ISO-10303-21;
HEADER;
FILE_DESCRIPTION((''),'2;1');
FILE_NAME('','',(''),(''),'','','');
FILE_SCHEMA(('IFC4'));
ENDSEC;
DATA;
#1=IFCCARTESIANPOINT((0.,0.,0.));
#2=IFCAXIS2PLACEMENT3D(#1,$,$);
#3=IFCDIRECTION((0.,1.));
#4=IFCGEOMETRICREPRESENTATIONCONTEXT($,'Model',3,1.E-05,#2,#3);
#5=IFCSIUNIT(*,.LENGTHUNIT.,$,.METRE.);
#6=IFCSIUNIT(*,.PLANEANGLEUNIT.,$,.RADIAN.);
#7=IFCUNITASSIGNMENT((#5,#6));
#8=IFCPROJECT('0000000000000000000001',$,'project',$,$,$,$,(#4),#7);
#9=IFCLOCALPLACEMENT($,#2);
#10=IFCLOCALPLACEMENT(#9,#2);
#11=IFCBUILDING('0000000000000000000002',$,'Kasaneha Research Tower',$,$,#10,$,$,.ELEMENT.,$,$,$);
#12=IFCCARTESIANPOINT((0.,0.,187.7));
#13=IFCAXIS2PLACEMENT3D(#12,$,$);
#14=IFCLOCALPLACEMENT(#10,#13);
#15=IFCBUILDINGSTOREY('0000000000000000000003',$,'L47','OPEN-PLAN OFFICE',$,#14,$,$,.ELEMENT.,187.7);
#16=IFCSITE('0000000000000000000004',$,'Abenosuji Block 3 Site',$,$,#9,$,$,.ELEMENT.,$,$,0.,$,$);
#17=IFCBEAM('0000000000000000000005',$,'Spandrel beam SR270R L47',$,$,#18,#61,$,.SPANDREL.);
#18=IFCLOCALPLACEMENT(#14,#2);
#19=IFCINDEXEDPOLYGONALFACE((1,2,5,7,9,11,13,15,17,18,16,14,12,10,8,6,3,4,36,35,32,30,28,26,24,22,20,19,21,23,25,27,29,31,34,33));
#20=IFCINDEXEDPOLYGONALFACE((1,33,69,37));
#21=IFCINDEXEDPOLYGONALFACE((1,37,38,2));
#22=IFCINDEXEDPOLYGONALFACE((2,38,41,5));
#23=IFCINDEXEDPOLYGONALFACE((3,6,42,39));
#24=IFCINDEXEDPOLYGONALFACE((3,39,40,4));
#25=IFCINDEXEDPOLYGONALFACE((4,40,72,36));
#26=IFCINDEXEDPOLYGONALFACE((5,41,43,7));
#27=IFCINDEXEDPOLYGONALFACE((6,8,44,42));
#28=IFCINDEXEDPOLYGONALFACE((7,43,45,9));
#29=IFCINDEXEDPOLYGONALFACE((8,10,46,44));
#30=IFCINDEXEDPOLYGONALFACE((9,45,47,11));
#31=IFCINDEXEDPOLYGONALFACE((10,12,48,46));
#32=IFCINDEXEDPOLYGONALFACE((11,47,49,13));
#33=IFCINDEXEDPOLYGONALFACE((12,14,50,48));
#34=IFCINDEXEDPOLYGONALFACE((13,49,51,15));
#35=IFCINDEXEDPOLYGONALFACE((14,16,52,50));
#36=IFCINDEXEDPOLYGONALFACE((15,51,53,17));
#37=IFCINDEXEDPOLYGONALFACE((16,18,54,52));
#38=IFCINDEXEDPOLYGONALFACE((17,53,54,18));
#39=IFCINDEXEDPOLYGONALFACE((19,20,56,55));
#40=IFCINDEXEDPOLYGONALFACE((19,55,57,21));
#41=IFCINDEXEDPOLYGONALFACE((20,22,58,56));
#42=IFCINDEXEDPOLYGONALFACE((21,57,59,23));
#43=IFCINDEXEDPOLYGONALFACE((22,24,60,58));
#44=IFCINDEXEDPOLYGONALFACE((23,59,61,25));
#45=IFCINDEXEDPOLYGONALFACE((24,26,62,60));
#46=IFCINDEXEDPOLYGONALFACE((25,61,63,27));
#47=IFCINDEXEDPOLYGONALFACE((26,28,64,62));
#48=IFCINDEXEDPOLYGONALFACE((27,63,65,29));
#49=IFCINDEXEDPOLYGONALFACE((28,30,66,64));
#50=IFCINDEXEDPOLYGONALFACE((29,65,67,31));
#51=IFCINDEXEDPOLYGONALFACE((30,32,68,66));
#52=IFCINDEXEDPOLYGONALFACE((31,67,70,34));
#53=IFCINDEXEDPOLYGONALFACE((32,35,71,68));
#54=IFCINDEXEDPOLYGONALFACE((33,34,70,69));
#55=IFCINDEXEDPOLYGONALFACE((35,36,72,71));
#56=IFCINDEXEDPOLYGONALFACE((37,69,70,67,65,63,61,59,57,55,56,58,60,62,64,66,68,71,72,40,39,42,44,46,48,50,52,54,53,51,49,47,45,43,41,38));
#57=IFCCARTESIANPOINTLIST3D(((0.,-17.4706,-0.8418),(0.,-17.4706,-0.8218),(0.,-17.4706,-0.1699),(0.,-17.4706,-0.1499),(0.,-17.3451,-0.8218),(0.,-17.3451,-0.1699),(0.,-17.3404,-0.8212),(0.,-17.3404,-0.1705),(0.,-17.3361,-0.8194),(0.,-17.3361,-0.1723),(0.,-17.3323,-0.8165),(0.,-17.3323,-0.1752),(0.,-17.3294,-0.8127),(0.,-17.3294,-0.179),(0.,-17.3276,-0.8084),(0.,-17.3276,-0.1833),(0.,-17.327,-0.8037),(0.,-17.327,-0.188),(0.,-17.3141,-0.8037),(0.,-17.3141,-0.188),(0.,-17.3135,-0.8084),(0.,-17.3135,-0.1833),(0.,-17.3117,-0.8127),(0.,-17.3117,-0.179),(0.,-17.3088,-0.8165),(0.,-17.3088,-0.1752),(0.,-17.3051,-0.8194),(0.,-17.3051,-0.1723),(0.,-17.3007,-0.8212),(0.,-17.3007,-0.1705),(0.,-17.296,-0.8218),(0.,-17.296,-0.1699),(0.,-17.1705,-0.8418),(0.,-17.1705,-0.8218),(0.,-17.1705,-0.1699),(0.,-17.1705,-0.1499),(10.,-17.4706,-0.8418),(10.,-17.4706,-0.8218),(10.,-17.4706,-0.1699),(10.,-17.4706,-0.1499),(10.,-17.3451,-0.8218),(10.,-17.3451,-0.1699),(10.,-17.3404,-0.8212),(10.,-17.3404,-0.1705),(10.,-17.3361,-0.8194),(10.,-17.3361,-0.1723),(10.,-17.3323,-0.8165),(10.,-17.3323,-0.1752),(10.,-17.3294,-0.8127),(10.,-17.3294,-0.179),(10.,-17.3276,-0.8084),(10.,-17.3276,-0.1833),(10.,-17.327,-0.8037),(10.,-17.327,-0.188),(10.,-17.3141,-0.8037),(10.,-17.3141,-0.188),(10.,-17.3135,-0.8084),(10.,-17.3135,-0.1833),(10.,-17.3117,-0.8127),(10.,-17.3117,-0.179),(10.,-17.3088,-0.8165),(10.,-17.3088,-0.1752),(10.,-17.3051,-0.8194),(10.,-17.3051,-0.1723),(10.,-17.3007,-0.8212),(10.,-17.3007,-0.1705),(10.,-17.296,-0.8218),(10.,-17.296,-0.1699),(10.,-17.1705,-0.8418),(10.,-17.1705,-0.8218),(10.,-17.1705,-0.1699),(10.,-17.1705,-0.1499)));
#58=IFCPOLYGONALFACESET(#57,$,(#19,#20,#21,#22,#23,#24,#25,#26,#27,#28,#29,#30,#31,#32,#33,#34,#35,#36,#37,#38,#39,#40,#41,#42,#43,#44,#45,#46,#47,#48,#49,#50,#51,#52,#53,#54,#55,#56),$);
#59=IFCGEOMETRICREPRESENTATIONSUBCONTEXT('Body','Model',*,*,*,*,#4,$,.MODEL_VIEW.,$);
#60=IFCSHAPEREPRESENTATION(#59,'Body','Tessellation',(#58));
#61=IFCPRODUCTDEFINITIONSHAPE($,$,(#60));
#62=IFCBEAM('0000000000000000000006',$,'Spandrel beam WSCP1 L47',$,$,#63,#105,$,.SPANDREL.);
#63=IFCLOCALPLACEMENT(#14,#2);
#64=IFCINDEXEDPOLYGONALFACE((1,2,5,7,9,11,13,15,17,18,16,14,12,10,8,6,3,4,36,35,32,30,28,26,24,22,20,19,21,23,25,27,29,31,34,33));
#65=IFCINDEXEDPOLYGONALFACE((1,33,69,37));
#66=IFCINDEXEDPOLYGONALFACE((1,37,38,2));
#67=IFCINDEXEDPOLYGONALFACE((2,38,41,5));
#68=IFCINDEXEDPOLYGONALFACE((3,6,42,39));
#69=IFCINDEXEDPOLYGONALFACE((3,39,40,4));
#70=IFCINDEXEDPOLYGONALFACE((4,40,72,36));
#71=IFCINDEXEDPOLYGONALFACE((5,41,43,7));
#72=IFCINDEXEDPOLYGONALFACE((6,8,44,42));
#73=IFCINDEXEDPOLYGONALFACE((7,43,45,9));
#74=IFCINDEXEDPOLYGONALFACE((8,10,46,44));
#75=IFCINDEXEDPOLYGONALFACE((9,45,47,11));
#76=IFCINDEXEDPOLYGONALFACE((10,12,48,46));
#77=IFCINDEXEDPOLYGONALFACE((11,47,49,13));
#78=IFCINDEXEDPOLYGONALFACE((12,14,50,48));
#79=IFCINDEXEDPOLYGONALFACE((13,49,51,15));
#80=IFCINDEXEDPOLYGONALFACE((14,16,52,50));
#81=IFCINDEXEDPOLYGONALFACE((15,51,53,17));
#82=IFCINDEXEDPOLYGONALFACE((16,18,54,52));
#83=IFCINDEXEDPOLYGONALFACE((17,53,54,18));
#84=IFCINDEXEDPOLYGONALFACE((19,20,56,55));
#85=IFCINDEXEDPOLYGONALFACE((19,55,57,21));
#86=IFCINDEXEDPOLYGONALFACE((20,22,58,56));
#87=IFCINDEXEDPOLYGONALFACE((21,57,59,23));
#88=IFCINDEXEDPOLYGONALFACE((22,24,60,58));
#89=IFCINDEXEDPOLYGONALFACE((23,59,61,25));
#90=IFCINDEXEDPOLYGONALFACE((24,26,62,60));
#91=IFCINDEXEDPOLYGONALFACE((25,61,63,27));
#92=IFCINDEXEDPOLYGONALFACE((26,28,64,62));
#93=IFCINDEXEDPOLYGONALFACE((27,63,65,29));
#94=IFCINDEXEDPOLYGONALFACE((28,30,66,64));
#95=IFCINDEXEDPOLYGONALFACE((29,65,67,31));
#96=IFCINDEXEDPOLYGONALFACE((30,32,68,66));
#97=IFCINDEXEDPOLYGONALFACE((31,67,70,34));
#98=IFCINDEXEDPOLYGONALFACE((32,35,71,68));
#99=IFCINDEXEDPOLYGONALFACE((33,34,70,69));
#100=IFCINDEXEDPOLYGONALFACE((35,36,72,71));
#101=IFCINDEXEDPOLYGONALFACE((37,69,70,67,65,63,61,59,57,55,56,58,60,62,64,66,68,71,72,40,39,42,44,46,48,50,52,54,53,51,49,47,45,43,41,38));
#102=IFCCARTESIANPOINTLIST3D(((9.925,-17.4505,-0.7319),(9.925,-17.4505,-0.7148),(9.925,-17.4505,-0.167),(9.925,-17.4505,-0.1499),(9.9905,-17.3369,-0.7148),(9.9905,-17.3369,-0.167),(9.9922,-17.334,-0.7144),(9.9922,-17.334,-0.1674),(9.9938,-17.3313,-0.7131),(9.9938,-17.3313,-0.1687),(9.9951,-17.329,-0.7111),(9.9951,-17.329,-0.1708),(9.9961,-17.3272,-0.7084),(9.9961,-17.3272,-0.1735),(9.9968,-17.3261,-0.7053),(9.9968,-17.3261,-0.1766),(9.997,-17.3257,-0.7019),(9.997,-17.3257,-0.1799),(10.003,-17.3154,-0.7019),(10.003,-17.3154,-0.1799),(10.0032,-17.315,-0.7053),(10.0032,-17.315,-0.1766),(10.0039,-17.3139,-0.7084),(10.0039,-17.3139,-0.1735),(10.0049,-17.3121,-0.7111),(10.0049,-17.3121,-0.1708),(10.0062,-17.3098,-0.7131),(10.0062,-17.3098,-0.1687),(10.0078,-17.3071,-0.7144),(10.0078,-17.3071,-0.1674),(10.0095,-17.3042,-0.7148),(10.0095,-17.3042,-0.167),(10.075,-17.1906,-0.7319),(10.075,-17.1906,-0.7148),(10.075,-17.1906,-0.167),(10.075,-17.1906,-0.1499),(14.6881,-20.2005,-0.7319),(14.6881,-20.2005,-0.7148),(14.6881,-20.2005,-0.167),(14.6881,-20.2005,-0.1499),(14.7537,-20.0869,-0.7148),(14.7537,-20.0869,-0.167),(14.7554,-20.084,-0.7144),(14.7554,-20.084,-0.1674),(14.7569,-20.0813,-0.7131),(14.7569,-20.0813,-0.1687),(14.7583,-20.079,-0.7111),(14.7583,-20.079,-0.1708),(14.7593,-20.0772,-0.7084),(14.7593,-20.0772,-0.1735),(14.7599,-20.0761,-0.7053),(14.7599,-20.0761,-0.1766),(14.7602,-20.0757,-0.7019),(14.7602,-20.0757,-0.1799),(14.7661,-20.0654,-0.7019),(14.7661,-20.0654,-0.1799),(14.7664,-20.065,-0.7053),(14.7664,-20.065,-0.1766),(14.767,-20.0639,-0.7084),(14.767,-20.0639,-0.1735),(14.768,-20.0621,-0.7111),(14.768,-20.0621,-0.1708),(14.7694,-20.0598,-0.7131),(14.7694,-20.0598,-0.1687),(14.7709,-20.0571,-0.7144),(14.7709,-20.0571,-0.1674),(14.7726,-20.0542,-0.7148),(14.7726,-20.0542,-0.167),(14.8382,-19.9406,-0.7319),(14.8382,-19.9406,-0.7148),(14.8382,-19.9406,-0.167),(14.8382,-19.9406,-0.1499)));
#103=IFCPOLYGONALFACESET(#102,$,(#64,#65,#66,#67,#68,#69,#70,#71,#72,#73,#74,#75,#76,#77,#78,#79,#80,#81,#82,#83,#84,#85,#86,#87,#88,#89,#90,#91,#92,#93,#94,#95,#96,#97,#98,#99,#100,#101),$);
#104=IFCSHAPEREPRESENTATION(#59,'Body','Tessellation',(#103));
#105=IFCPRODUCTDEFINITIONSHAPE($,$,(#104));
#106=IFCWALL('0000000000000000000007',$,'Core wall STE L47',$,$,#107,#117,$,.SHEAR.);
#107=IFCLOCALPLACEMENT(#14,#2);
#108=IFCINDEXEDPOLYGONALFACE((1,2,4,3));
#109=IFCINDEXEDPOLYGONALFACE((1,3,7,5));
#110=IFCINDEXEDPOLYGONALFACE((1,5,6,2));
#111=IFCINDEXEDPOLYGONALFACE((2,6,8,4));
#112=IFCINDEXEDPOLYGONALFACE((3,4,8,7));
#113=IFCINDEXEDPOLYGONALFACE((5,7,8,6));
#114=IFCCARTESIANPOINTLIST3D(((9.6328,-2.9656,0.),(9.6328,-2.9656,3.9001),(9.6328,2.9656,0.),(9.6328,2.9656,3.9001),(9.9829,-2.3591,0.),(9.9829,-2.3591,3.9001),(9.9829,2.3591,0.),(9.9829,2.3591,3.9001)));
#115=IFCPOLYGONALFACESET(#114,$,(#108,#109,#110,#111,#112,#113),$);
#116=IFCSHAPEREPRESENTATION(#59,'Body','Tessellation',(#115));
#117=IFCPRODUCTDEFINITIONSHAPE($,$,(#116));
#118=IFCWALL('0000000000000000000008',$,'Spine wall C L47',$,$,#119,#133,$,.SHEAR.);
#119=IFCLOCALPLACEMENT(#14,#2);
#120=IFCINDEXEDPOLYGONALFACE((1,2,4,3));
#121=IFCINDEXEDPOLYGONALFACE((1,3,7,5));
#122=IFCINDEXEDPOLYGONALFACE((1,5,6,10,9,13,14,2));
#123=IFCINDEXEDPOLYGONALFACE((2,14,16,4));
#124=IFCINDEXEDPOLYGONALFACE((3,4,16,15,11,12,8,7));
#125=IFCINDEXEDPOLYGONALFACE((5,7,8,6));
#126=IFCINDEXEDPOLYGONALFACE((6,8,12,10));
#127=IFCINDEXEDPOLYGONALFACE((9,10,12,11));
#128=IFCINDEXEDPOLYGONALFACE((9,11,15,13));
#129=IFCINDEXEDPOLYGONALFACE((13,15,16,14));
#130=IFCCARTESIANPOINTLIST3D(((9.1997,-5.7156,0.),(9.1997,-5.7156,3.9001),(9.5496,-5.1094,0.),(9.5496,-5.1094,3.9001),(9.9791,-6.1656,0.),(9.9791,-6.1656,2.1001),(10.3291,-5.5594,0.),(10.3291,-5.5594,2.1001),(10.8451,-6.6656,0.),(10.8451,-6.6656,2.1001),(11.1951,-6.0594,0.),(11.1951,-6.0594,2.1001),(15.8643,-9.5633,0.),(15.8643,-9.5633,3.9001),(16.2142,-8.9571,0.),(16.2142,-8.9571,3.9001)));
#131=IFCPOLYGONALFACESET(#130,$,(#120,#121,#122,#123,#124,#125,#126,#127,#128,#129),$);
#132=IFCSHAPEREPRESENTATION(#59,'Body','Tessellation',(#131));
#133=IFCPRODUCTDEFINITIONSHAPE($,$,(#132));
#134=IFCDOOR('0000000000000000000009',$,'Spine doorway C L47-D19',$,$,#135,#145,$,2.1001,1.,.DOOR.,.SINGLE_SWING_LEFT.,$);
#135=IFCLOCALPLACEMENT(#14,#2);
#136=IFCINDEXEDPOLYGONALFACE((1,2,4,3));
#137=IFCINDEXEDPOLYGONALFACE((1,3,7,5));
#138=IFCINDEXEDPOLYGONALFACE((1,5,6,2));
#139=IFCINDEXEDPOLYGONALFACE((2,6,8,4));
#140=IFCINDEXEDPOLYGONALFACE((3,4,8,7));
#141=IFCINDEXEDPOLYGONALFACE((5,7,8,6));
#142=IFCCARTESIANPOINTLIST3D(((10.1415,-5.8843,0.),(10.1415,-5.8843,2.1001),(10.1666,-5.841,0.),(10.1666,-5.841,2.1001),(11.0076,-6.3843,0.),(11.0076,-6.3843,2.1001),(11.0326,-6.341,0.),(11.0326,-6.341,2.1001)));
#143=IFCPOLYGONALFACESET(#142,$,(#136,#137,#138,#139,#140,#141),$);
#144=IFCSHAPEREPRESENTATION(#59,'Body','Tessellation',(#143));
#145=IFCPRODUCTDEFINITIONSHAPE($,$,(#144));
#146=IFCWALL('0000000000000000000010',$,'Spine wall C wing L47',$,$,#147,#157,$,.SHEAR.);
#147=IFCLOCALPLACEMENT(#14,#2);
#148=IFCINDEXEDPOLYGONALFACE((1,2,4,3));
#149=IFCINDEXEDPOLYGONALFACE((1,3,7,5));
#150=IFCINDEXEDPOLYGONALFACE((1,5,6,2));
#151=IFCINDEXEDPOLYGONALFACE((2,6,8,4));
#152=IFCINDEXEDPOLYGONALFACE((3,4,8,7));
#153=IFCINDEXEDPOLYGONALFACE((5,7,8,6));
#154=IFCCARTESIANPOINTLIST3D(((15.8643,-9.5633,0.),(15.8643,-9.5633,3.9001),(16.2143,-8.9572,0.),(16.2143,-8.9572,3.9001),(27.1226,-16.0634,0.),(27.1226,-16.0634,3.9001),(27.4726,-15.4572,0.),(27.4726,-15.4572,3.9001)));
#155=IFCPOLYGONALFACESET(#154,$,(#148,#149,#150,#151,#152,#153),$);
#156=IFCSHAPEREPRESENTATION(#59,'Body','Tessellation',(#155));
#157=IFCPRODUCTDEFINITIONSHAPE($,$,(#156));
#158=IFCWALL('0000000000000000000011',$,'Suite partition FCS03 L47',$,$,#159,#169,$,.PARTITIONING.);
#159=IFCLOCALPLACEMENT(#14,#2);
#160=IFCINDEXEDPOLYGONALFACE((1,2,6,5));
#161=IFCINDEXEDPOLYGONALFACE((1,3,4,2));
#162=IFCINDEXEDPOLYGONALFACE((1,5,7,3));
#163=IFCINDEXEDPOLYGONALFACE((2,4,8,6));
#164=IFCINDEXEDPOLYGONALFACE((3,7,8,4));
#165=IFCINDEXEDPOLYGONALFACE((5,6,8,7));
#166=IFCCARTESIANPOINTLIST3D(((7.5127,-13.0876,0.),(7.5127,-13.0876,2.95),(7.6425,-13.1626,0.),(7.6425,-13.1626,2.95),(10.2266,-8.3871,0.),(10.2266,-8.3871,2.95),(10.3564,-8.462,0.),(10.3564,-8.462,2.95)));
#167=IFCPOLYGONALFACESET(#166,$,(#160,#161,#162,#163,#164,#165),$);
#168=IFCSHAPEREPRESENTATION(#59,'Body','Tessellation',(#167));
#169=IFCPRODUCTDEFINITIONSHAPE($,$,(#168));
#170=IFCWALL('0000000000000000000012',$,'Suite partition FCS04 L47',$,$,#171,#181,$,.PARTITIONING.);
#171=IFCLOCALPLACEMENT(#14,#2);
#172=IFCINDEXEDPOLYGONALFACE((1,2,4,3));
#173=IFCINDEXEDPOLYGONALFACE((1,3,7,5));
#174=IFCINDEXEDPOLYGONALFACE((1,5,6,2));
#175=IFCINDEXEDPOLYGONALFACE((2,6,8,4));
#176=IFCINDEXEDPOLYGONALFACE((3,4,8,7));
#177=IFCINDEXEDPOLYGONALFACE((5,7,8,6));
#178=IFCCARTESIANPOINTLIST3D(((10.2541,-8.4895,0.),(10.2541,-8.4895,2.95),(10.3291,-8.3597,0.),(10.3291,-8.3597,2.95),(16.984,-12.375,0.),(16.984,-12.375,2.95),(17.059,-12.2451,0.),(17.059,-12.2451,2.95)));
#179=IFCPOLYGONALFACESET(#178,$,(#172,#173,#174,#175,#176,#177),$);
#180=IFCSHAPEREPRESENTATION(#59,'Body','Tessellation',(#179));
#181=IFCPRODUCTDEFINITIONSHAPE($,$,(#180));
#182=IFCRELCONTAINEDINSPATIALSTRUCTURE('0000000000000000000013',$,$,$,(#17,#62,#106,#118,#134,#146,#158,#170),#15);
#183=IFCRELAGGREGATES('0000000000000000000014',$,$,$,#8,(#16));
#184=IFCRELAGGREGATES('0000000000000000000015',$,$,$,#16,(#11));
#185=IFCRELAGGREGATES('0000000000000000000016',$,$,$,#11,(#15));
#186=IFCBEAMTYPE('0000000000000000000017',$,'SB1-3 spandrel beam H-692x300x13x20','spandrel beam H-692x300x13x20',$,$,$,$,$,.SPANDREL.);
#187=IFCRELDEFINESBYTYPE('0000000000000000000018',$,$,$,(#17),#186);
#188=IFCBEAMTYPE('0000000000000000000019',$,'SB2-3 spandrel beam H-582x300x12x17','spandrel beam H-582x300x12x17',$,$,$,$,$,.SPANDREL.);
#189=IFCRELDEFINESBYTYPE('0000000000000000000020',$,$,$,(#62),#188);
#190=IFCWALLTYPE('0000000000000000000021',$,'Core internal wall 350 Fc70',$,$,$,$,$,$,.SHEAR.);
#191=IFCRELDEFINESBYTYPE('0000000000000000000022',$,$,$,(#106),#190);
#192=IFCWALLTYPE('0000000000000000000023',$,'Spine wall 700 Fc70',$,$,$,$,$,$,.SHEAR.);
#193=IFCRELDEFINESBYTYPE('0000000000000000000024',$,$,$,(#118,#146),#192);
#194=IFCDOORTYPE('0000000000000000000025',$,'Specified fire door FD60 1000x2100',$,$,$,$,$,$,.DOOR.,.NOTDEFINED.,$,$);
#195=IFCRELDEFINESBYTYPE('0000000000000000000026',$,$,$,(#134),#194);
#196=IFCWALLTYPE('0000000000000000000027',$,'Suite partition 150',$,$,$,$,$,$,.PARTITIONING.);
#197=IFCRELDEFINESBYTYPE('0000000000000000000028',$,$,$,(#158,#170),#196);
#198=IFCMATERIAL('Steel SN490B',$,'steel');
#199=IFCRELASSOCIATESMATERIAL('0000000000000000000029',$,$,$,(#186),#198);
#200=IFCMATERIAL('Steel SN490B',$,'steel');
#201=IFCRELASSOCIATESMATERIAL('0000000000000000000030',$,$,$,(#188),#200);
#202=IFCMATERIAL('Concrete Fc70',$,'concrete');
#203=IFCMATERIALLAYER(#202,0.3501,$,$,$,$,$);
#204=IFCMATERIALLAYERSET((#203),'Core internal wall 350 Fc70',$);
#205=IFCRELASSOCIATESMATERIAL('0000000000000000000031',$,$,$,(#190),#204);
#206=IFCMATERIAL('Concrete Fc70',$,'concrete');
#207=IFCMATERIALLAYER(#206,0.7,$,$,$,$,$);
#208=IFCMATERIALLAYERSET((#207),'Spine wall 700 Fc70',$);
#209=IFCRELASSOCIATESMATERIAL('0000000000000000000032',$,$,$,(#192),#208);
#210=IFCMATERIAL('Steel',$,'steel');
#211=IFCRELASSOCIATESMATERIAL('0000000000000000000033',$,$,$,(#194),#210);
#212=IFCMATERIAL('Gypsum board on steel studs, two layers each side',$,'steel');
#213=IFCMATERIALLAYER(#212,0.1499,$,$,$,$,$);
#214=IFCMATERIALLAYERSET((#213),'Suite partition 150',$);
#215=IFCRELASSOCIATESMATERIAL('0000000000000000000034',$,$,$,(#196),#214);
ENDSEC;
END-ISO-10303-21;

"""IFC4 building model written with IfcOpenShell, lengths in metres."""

from ifc_helpers import new_model, si_unit, direction, frame, frame_2d, origin, origin_2d, place, context, subcontext, project, spatial, polyline, rectangle, i_section, outline, extrude, material, layer, layer_set, material_profile, profile_set, type_object, element, fill, save


model = new_model("IFC4")

# Units and contexts
model_context = context("Model", 3, precision=1e-05, world=origin(), true_north=direction((0.0, 1.0)))
body_context = subcontext(model_context, "Body", "Model", "MODEL_VIEW")
ifc_project = project(units=[si_unit("LENGTHUNIT", "METRE"), si_unit("PLANEANGLEUNIT", "RADIAN")], contexts=[model_context])

# Site, building, storey
site_placement = place(None, origin())
site = spatial("IfcSite", under=ifc_project, at=site_placement, Name="Abenosuji Block 3 Site", CompositionType="ELEMENT", RefElevation=0.0)
building_placement = place(site_placement, origin())
building = spatial("IfcBuilding", under=site, at=building_placement, Name="Kasaneha Research Tower", CompositionType="ELEMENT")
storey_placement = place(building_placement, frame((0.0, 0.0, 187.7)))
storey = spatial("IfcBuildingStorey", under=building, at=storey_placement, Name="L47", Description="OPEN-PLAN OFFICE", CompositionType="ELEMENT", Elevation=187.7)

# Beams
ifc_material_1 = material(Name="Steel SN490B", Category="steel")
ifc_material_profile_1 = material_profile(ifc_material_1, i_section(OverallWidth=0.3, OverallDepth=0.6919, WebThickness=0.0129, FlangeThickness=0.02, FilletRadius=0.0181, at=origin_2d()), Name="H-692x300x13x20")
ifc_profile_set_1 = profile_set([ifc_material_profile_1], Name="Steel SN490B")
beam_type_1 = type_object("IfcBeamType", Name="SB1-3 spandrel beam H-692x300x13x20", Description="spandrel beam H-692x300x13x20", PredefinedType="SPANDREL", material=ifc_profile_set_1)
beam_1_placement = place(storey_placement, frame((10.0, -17.3206, -0.4958), z_axis=(-1.0, 0.0, 0.0), x_axis=(0.0, -1.0, 0.0)))
element("IfcBeam", 1, at=beam_1_placement, inside=storey, type_object=beam_type_1, Name="Spandrel beam SR270R L47", PredefinedType="SPANDREL", context=body_context, shape_type="SweptSolid", body=[
    extrude(i_section(OverallWidth=0.3, OverallDepth=0.6919, WebThickness=0.0129, FlangeThickness=0.02, FilletRadius=0.0181, at=origin_2d()), origin(), (0.0, 0.0, 1.0), 10.0),
])
ifc_material_2 = material(Name="Steel SN490B", Category="steel")
ifc_material_profile_2 = material_profile(ifc_material_2, i_section(OverallWidth=0.3, OverallDepth=0.582, WebThickness=0.012, FlangeThickness=0.0171, FilletRadius=0.0129, at=origin_2d()), Name="H-582x300x12x17")
ifc_profile_set_2 = profile_set([ifc_material_profile_2], Name="Steel SN490B")
beam_type_2 = type_object("IfcBeamType", Name="SB2-3 spandrel beam H-582x300x12x17", Description="spandrel beam H-582x300x12x17", PredefinedType="SPANDREL", material=ifc_profile_set_2)
beam_2_placement = place(storey_placement, frame((10.0, -17.3206, -0.4409), z_axis=(0.866027, -0.499997, 0.0), x_axis=(0.499997, 0.866027, 0.0)))
element("IfcBeam", 2, at=beam_2_placement, inside=storey, type_object=beam_type_2, Name="Spandrel beam WSCP1 L47", PredefinedType="SPANDREL", context=body_context, shape_type="SweptSolid", body=[
    extrude(i_section(OverallWidth=0.3, OverallDepth=0.582, WebThickness=0.012, FlangeThickness=0.0171, FilletRadius=0.0129, at=origin_2d()), origin(), (0.0, 0.0, 1.0), 5.5),
])

# Wall
ifc_material_3 = material(Name="Concrete Fc70", Category="concrete")
ifc_layer_1 = layer(ifc_material_3, 0.3501)
ifc_layer_set_1 = layer_set([ifc_layer_1], Name="Core internal wall 350 Fc70")
wall_type_1 = type_object("IfcWallType", Name="Core internal wall 350 Fc70", PredefinedType="SHEAR", material=ifc_layer_set_1)
wall_1_placement = place(storey_placement, frame((9.8079, -2.6624, 0.0), z_axis=(0.0, 0.0, 1.0), x_axis=(0.0, 1.0, 0.0)))
element("IfcWall", 3, at=wall_1_placement, inside=storey, type_object=wall_type_1, Name="Core wall STE L47", PredefinedType="SHEAR", context=body_context, shape_type="SweptSolid", body=[
    extrude(outline(polyline([(0.3032, -0.175), (5.0215, -0.175), (5.6279, 0.175), (-0.3032, 0.175), (0.3032, -0.175)])), origin(), (0.0, 0.0, 1.0), 3.9001),
])

# Wall, opening, door
ifc_material_4 = material(Name="Concrete Fc70", Category="concrete")
ifc_layer_2 = layer(ifc_material_4, 0.7)
ifc_layer_set_2 = layer_set([ifc_layer_2], Name="Spine wall 700 Fc70")
wall_type_2 = type_object("IfcWallType", Name="Spine wall 700 Fc70", PredefinedType="SHEAR", material=ifc_layer_set_2)
wall_2_placement = place(storey_placement, frame((9.3748, -5.4126, 0.0), z_axis=(0.0, 0.0, 1.0), x_axis=(0.866032, -0.499988, 0.0)))
wall_2 = element("IfcWall", 4, at=wall_2_placement, inside=storey, type_object=wall_type_2, Name="Spine wall C L47", PredefinedType="SHEAR", context=body_context, shape_type="SweptSolid", body=[
    extrude(rectangle(XDim=7.6956, YDim=0.7, at=frame_2d((3.8477, 0.0))), origin(), (0.0, 0.0, 1.0), 3.9001),
])
opening_placement = place(wall_2_placement, frame((0.8999, 0.0, 0.0)))
opening = element("IfcOpeningElement", 5, at=opening_placement, cuts=wall_2, PredefinedType="OPENING", context=body_context, shape_type="SweptSolid", body=[
    extrude(rectangle(XDim=1.0, YDim=2.1001, at=frame_2d((0.5, 1.05))), frame((0.0, 0.3599, 0.0), z_axis=(0.0, -1.0, 0.0), x_axis=(1.0, 0.0, 0.0)), (0.0, 0.0, 1.0), 0.72),
])
ifc_material_5 = material(Name="Steel", Category="steel")
door_type = type_object("IfcDoorType", Name="Specified fire door FD60 1000x2100", OperationType="NOTDEFINED", PredefinedType="DOOR", material=ifc_material_5)
door_placement = place(opening_placement, origin())
door = element("IfcDoor", 6, at=door_placement, inside=storey, type_object=door_type, Name="Spine doorway C L47-D19", OperationType="SINGLE_SWING_LEFT", OverallHeight=2.1001, OverallWidth=1.0, PredefinedType="DOOR", context=body_context, shape_type="SweptSolid", body=[
    extrude(rectangle(XDim=1.0, YDim=2.1001, at=frame_2d((0.5, 1.05))), frame((0.0, 0.0249, 0.0), z_axis=(0.0, -1.0, 0.0), x_axis=(1.0, 0.0, 0.0)), (0.0, 0.0, 1.0), 0.05),
])
fill(opening, door)

# Walls
wall_3_placement = place(storey_placement, frame((16.0393, -9.2603, 0.0), z_axis=(0.0, 0.0, 1.0), x_axis=(0.866025, -0.500001, 0.0)))
element("IfcWall", 7, at=wall_3_placement, inside=storey, type_object=wall_type_2, Name="Spine wall C wing L47", PredefinedType="SHEAR", context=body_context, shape_type="SweptSolid", body=[
    extrude(rectangle(XDim=13.0, YDim=0.7, at=frame_2d((6.5, 0.0))), origin(), (0.0, 0.0, 1.0), 3.9001),
])
ifc_material_6 = material(Name="Gypsum board on steel studs, two layers each side", Category="steel")
ifc_layer_3 = layer(ifc_material_6, 0.1499)
ifc_layer_set_3 = layer_set([ifc_layer_3], Name="Suite partition 150")
wall_type_3 = type_object("IfcWallType", Name="Suite partition 150", PredefinedType="PARTITIONING", material=ifc_layer_set_3)
wall_4_placement = place(storey_placement, frame((10.2915, -8.4246, 0.0), z_axis=(0.0, 0.0, 1.0), x_axis=(-0.500009, -0.86602, 0.0)))
element("IfcWall", 8, at=wall_4_placement, inside=storey, type_object=wall_type_3, Name="Suite partition FCS03 L47", PredefinedType="PARTITIONING", context=body_context, shape_type="SweptSolid", body=[
    extrude(rectangle(XDim=5.4277, YDim=0.1499, at=frame_2d((2.7139, 0.0))), origin(), (0.0, 0.0, 1.0), 2.95),
])
wall_5_placement = place(storey_placement, frame((17.0215, -12.3101, 0.0), z_axis=(0.0, 0.0, 1.0), x_axis=(-0.866029, 0.499994, 0.0)))
element("IfcWall", 9, at=wall_5_placement, inside=storey, type_object=wall_type_3, Name="Suite partition FCS04 L47", PredefinedType="PARTITIONING", context=body_context, shape_type="SweptSolid", body=[
    extrude(rectangle(XDim=7.771, YDim=0.1499, at=frame_2d((3.8855, 0.0))), origin(), (0.0, 0.0, 1.0), 2.95),
])

save(model, "model.ifc")
